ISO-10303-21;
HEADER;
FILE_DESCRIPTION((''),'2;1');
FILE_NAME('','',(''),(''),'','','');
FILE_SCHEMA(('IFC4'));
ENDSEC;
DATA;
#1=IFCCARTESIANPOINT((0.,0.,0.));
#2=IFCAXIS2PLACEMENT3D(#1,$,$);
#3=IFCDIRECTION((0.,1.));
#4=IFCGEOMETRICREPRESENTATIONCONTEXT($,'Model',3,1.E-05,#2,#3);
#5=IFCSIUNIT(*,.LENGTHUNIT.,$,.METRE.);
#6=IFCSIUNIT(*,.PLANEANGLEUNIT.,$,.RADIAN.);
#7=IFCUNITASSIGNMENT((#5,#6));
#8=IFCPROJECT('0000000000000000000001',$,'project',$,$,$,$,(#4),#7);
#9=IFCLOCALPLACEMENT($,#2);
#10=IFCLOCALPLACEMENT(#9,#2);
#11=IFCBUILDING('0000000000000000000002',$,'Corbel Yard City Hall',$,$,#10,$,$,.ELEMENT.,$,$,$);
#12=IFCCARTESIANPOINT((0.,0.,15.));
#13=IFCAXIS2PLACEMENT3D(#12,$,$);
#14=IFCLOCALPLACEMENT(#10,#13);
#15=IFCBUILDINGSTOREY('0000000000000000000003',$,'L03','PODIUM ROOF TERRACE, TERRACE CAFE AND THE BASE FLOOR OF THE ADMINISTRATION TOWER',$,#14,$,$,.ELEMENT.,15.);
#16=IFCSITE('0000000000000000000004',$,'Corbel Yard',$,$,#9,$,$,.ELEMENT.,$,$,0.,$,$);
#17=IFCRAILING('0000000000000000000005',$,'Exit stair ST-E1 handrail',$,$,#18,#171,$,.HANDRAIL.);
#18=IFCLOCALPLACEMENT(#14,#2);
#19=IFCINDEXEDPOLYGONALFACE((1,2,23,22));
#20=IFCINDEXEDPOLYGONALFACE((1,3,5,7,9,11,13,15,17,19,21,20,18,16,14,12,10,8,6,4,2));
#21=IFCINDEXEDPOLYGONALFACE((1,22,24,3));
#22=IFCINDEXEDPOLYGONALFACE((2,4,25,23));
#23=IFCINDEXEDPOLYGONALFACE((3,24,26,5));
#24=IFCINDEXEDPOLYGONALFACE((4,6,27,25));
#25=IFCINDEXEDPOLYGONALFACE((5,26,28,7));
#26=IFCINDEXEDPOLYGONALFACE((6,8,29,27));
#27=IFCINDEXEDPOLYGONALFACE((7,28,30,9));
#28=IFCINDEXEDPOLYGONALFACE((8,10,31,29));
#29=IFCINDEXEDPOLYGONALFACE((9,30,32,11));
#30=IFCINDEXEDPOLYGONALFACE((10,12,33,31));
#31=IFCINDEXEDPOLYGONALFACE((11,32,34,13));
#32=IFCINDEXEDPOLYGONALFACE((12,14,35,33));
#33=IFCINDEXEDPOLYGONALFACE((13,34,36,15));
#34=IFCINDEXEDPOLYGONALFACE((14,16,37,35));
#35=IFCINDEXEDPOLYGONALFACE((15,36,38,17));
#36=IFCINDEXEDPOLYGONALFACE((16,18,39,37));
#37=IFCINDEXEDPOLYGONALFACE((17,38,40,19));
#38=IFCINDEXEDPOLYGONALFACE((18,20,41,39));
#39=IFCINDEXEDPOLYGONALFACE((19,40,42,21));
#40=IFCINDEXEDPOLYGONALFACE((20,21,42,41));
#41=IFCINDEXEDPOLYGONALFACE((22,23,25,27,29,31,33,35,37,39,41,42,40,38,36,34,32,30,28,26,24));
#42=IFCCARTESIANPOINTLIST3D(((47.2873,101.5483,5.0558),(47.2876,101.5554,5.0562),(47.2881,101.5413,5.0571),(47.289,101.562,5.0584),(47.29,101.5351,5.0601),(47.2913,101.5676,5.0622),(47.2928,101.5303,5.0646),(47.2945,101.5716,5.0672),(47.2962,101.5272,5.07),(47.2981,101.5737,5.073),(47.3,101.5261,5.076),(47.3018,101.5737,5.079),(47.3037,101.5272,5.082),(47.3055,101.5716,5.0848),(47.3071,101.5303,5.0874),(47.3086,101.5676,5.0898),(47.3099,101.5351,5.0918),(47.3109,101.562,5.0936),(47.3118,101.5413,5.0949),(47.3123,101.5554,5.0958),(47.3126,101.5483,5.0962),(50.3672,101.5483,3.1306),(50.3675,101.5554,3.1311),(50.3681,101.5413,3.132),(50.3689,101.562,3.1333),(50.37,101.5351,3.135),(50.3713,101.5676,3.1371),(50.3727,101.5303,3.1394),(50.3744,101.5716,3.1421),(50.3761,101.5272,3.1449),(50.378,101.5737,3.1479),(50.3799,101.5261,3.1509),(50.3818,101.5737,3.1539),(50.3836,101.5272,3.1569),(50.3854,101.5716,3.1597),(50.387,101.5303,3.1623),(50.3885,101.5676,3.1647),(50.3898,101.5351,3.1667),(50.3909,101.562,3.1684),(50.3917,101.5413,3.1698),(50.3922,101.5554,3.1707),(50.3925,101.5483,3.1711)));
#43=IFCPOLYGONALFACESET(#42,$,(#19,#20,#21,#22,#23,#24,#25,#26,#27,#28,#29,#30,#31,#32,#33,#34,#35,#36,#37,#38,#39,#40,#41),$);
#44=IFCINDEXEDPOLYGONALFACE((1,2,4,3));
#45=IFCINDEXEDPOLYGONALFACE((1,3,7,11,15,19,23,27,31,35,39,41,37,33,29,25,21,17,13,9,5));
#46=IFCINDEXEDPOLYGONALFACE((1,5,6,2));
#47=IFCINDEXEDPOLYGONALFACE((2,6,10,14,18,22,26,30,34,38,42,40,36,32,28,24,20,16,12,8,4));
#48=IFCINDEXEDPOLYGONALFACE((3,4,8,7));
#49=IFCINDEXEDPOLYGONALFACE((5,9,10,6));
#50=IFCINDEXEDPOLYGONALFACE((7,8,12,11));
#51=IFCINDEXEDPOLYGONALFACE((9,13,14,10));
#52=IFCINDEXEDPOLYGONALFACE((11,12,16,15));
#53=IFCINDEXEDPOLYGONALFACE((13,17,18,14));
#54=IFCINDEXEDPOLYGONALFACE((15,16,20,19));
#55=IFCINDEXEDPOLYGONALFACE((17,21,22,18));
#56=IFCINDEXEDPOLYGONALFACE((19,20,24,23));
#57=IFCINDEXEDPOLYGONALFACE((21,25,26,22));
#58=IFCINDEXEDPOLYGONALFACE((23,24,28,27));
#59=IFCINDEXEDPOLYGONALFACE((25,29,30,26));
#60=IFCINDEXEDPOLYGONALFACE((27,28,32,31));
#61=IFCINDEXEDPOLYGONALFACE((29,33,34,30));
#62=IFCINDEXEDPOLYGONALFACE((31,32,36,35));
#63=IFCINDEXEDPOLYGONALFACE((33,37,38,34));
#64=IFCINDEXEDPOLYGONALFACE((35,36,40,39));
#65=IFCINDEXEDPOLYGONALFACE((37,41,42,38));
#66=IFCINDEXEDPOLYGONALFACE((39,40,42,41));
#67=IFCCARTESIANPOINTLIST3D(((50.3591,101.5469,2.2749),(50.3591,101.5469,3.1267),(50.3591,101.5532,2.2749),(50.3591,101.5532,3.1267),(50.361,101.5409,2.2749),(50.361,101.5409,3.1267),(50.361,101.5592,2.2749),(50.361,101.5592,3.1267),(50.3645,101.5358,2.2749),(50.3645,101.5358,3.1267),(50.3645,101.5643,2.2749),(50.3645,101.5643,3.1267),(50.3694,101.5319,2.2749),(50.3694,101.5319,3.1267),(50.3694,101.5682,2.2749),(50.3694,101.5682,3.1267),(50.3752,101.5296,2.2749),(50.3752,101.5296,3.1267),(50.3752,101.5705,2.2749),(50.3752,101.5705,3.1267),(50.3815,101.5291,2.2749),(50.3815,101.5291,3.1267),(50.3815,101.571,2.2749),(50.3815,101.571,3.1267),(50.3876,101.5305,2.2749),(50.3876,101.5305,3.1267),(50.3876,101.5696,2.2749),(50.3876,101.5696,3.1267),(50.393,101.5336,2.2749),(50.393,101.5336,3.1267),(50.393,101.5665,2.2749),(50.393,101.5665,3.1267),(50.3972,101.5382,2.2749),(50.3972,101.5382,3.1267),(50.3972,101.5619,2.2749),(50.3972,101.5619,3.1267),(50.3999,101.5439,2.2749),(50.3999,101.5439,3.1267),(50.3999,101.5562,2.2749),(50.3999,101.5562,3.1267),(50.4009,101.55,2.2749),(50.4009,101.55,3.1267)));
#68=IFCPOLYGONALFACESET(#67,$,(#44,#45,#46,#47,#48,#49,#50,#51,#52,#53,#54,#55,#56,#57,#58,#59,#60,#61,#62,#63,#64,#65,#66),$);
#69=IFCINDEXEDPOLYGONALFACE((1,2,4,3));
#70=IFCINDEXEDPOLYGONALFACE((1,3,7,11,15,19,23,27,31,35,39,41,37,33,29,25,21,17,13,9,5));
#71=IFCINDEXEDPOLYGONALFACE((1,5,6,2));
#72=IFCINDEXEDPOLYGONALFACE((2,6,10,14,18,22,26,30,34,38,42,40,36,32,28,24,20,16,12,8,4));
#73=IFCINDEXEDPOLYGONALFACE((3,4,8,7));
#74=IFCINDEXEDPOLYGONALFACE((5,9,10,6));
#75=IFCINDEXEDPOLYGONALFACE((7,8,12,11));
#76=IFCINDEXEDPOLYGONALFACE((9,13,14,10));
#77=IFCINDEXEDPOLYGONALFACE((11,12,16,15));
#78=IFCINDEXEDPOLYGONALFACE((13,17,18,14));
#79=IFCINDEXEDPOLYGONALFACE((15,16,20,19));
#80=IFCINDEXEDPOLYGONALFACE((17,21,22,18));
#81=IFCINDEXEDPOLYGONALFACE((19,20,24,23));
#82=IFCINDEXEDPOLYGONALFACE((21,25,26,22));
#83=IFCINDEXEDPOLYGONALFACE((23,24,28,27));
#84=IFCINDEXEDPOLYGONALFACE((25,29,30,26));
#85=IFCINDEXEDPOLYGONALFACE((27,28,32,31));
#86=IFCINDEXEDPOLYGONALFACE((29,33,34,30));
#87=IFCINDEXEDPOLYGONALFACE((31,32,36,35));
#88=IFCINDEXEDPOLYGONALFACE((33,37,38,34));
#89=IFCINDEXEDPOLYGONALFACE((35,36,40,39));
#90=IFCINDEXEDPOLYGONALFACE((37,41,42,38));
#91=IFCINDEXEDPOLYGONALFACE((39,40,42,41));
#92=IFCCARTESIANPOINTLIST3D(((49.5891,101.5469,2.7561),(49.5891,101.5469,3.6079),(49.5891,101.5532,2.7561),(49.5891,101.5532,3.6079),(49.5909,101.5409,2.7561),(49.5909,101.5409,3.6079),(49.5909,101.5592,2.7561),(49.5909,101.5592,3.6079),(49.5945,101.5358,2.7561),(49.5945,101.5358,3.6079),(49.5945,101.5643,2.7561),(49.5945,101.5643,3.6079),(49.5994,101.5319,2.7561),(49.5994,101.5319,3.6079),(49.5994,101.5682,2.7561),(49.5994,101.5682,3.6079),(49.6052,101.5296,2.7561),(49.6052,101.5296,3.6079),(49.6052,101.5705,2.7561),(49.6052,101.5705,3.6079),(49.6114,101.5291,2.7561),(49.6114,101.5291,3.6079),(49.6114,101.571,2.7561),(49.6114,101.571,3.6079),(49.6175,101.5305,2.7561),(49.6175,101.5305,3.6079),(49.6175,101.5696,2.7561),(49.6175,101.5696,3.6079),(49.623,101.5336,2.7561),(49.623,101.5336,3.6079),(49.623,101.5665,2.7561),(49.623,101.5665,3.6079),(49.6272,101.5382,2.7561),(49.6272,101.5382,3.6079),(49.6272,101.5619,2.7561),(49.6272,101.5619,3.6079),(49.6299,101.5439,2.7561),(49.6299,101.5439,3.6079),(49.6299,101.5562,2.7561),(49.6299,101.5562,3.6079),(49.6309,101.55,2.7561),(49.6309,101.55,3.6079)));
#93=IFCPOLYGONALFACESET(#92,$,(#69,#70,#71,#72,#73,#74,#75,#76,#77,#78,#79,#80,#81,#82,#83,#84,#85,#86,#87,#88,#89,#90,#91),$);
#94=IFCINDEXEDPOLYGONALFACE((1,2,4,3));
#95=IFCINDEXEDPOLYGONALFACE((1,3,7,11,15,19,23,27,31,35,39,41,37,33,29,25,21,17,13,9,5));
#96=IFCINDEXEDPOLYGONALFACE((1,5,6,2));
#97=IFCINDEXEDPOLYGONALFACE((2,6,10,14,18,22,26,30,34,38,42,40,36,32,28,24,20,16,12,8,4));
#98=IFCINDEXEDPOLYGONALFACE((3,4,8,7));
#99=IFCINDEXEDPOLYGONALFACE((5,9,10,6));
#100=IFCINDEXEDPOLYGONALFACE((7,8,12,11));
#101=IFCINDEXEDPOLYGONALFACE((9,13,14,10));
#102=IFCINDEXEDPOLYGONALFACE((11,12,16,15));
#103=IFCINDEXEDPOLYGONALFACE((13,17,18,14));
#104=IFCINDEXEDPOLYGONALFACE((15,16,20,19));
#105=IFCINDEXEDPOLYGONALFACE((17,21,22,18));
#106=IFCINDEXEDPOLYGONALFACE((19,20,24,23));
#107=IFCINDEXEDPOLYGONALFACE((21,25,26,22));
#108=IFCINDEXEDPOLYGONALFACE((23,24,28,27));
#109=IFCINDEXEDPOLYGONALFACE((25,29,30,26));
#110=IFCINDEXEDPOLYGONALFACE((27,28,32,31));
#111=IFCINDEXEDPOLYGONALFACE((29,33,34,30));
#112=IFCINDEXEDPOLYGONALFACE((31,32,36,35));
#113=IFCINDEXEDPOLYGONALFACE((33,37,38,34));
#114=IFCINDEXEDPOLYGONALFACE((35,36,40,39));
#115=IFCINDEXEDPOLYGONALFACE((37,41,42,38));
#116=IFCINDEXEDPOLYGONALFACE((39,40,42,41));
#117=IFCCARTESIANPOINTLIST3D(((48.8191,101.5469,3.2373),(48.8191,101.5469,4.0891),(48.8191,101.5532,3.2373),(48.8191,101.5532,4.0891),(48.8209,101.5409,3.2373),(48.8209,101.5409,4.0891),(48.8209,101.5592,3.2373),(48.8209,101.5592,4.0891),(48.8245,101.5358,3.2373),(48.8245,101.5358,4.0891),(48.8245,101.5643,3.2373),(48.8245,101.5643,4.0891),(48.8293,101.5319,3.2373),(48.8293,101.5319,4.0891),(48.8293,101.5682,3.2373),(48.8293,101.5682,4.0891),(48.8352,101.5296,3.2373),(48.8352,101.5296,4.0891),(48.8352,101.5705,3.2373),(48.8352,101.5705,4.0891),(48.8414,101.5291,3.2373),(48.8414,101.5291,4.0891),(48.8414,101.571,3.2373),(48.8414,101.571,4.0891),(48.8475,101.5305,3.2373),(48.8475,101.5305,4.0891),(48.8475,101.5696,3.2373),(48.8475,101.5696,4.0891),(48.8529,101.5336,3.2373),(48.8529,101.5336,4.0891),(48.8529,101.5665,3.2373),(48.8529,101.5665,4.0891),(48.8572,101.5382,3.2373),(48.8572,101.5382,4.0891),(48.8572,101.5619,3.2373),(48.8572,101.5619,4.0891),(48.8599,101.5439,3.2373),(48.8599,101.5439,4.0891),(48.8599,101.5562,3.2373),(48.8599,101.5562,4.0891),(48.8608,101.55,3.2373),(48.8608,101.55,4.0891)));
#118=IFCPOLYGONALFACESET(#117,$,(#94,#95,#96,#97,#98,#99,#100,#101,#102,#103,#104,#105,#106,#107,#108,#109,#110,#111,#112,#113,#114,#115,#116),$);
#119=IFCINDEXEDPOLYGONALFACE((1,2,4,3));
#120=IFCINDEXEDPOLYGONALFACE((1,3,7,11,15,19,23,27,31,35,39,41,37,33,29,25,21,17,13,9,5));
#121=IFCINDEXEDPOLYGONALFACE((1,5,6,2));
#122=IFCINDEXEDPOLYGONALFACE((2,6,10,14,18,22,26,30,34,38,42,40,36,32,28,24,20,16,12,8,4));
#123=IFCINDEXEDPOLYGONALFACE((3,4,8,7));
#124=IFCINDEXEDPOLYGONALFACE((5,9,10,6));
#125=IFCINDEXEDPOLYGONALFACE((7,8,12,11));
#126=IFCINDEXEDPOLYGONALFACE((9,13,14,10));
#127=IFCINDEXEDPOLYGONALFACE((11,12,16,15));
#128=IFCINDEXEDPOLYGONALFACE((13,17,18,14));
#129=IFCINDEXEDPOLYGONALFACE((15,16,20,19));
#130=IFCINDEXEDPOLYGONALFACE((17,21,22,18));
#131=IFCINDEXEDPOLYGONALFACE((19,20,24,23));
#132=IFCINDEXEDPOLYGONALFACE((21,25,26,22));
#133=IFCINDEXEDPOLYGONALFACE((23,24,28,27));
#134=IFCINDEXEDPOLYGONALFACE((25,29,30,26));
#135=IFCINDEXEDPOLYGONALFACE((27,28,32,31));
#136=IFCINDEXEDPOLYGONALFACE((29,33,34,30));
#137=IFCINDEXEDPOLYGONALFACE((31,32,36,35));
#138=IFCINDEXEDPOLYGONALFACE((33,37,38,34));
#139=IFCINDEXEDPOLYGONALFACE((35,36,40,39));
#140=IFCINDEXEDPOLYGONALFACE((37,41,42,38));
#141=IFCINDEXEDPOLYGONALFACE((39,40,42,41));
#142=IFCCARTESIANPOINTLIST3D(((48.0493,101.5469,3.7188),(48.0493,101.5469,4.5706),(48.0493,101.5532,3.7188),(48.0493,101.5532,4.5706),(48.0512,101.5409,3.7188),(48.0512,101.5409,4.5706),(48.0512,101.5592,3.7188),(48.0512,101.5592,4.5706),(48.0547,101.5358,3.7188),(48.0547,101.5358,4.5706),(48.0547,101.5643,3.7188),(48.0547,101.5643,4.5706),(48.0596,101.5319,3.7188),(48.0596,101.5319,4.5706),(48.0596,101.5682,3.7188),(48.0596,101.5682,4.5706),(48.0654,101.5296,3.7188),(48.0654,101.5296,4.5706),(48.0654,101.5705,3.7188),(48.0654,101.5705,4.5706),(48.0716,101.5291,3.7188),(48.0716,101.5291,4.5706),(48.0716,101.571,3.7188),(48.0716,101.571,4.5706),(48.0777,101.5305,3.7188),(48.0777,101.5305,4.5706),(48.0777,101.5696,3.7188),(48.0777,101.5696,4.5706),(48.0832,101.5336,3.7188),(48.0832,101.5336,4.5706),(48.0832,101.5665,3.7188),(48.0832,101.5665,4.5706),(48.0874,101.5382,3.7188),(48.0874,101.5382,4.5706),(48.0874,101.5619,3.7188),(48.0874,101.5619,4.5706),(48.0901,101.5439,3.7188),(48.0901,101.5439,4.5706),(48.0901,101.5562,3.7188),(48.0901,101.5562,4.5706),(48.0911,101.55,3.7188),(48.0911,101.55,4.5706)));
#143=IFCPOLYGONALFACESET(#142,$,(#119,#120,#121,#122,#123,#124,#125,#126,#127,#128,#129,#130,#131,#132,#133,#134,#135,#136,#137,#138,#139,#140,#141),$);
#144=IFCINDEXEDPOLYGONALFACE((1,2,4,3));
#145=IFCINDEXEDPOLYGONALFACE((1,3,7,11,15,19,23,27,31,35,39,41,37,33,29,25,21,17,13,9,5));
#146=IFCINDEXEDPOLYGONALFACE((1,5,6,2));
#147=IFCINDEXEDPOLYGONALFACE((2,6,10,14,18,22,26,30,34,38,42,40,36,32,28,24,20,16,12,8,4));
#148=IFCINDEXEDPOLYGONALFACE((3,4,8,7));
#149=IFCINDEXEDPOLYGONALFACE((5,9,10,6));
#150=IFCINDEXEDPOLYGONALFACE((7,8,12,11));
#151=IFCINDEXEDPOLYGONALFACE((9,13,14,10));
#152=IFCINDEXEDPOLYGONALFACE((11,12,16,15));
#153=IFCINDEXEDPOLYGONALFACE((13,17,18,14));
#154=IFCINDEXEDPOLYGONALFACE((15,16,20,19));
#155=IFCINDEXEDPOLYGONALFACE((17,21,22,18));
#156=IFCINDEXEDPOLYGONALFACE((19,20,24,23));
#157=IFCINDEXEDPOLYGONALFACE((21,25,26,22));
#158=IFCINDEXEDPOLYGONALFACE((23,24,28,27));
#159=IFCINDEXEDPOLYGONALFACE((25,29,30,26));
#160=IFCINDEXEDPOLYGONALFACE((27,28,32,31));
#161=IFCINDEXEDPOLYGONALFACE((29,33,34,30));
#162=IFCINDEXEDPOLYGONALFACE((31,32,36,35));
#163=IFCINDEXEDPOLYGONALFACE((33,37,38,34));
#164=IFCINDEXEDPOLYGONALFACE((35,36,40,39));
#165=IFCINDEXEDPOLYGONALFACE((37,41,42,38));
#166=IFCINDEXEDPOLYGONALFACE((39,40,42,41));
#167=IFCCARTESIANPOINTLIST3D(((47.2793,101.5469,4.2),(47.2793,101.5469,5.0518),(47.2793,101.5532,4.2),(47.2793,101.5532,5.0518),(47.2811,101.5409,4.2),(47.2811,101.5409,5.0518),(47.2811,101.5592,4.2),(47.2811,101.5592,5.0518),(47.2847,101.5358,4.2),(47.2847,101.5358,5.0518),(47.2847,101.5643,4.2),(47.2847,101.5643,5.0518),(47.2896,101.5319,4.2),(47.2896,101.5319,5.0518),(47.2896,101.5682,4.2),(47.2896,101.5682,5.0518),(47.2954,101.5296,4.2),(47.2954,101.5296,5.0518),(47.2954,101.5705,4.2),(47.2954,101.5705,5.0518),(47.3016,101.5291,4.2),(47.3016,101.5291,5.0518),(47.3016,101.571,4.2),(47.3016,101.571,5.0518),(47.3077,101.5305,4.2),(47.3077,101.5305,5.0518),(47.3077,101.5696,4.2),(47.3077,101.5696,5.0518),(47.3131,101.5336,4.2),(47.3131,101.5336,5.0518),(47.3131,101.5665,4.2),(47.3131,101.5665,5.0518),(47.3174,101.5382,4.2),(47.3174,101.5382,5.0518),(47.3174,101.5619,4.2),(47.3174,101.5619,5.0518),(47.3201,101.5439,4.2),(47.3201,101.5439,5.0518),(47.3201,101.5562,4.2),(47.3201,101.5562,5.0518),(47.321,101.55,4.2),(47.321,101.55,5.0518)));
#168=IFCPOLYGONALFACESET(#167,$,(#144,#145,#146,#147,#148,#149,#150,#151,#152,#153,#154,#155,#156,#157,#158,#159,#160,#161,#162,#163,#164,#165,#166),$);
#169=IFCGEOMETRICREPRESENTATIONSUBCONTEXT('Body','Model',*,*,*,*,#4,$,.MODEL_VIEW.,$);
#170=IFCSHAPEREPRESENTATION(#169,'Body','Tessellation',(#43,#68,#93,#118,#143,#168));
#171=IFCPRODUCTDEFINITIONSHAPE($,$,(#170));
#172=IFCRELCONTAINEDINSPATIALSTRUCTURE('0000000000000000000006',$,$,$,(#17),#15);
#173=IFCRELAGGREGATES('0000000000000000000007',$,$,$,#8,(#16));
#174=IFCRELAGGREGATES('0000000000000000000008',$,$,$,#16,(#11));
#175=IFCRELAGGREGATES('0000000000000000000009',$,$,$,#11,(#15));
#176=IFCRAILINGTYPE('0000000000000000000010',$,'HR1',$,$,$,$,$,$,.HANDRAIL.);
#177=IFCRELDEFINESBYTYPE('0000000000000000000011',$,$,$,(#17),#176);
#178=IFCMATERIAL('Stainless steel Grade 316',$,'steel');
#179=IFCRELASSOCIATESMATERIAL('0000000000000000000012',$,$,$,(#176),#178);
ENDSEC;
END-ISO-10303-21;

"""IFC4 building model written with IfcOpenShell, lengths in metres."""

from ifc_helpers import new_model, si_unit, direction, frame, origin, origin_2d, place, context, subcontext, project, spatial, circle, extrude, material, type_object, element, save


model = new_model("IFC4")

# Units and contexts
model_context = context("Model", 3, precision=1e-05, world=origin(), true_north=direction((0.0, 1.0)))
body_context = subcontext(model_context, "Body", "Model", "MODEL_VIEW")
ifc_project = project(units=[si_unit("LENGTHUNIT", "METRE"), si_unit("PLANEANGLEUNIT", "RADIAN")], contexts=[model_context])

# Site, building, storey
site_placement = place(None, origin())
site = spatial("IfcSite", under=ifc_project, at=site_placement, Name="Corbel Yard", CompositionType="ELEMENT", RefElevation=0.0)
building_placement = place(site_placement, origin())
building = spatial("IfcBuilding", under=site, at=building_placement, Name="Corbel Yard City Hall", CompositionType="ELEMENT")
storey_placement = place(building_placement, frame((0.0, 0.0, 15.0)))
storey = spatial("IfcBuildingStorey", under=building, at=storey_placement, Name="L03", Description="PODIUM ROOF TERRACE, TERRACE CAFE AND THE BASE FLOOR OF THE ADMINISTRATION TOWER", CompositionType="ELEMENT", Elevation=15.0)

# Railing
ifc_material_1 = material(Name="Stainless steel Grade 316", Category="steel")
railing_type = type_object("IfcRailingType", Name="HR1", PredefinedType="HANDRAIL", material=ifc_material_1)
railing_placement = place(storey_placement, frame((50.3799, 101.55, 2.2749)))
element("IfcRailing", 1, at=railing_placement, inside=storey, type_object=railing_type, Name="Exit stair ST-E1 handrail", PredefinedType="HANDRAIL", context=body_context, shape_type="SweptSolid", body=[
    extrude(circle(Radius=0.0239, at=origin_2d()), frame((0.0, 0.0, 0.876), z_axis=(-0.847979, 0.0, 0.530029), x_axis=(0.0, -1.0, 0.0)), (0.0, 0.0, 1.0), 3.6321),
    extrude(circle(Radius=0.021, at=origin_2d()), origin(), (0.0, 0.0, 1.0), 0.8518),
    extrude(circle(Radius=0.021, at=origin_2d()), frame((-0.77, 0.0, 0.4812)), (0.0, 0.0, 1.0), 0.8518),
    extrude(circle(Radius=0.021, at=origin_2d()), frame((-1.54, 0.0, 0.9624)), (0.0, 0.0, 1.0), 0.8518),
    extrude(circle(Radius=0.021, at=origin_2d()), frame((-2.3098, 0.0, 1.4438)), (0.0, 0.0, 1.0), 0.8518),
    extrude(circle(Radius=0.021, at=origin_2d()), frame((-3.0798, 0.0, 1.925)), (0.0, 0.0, 1.0), 0.8518),
])

save(model, "model.ifc")
